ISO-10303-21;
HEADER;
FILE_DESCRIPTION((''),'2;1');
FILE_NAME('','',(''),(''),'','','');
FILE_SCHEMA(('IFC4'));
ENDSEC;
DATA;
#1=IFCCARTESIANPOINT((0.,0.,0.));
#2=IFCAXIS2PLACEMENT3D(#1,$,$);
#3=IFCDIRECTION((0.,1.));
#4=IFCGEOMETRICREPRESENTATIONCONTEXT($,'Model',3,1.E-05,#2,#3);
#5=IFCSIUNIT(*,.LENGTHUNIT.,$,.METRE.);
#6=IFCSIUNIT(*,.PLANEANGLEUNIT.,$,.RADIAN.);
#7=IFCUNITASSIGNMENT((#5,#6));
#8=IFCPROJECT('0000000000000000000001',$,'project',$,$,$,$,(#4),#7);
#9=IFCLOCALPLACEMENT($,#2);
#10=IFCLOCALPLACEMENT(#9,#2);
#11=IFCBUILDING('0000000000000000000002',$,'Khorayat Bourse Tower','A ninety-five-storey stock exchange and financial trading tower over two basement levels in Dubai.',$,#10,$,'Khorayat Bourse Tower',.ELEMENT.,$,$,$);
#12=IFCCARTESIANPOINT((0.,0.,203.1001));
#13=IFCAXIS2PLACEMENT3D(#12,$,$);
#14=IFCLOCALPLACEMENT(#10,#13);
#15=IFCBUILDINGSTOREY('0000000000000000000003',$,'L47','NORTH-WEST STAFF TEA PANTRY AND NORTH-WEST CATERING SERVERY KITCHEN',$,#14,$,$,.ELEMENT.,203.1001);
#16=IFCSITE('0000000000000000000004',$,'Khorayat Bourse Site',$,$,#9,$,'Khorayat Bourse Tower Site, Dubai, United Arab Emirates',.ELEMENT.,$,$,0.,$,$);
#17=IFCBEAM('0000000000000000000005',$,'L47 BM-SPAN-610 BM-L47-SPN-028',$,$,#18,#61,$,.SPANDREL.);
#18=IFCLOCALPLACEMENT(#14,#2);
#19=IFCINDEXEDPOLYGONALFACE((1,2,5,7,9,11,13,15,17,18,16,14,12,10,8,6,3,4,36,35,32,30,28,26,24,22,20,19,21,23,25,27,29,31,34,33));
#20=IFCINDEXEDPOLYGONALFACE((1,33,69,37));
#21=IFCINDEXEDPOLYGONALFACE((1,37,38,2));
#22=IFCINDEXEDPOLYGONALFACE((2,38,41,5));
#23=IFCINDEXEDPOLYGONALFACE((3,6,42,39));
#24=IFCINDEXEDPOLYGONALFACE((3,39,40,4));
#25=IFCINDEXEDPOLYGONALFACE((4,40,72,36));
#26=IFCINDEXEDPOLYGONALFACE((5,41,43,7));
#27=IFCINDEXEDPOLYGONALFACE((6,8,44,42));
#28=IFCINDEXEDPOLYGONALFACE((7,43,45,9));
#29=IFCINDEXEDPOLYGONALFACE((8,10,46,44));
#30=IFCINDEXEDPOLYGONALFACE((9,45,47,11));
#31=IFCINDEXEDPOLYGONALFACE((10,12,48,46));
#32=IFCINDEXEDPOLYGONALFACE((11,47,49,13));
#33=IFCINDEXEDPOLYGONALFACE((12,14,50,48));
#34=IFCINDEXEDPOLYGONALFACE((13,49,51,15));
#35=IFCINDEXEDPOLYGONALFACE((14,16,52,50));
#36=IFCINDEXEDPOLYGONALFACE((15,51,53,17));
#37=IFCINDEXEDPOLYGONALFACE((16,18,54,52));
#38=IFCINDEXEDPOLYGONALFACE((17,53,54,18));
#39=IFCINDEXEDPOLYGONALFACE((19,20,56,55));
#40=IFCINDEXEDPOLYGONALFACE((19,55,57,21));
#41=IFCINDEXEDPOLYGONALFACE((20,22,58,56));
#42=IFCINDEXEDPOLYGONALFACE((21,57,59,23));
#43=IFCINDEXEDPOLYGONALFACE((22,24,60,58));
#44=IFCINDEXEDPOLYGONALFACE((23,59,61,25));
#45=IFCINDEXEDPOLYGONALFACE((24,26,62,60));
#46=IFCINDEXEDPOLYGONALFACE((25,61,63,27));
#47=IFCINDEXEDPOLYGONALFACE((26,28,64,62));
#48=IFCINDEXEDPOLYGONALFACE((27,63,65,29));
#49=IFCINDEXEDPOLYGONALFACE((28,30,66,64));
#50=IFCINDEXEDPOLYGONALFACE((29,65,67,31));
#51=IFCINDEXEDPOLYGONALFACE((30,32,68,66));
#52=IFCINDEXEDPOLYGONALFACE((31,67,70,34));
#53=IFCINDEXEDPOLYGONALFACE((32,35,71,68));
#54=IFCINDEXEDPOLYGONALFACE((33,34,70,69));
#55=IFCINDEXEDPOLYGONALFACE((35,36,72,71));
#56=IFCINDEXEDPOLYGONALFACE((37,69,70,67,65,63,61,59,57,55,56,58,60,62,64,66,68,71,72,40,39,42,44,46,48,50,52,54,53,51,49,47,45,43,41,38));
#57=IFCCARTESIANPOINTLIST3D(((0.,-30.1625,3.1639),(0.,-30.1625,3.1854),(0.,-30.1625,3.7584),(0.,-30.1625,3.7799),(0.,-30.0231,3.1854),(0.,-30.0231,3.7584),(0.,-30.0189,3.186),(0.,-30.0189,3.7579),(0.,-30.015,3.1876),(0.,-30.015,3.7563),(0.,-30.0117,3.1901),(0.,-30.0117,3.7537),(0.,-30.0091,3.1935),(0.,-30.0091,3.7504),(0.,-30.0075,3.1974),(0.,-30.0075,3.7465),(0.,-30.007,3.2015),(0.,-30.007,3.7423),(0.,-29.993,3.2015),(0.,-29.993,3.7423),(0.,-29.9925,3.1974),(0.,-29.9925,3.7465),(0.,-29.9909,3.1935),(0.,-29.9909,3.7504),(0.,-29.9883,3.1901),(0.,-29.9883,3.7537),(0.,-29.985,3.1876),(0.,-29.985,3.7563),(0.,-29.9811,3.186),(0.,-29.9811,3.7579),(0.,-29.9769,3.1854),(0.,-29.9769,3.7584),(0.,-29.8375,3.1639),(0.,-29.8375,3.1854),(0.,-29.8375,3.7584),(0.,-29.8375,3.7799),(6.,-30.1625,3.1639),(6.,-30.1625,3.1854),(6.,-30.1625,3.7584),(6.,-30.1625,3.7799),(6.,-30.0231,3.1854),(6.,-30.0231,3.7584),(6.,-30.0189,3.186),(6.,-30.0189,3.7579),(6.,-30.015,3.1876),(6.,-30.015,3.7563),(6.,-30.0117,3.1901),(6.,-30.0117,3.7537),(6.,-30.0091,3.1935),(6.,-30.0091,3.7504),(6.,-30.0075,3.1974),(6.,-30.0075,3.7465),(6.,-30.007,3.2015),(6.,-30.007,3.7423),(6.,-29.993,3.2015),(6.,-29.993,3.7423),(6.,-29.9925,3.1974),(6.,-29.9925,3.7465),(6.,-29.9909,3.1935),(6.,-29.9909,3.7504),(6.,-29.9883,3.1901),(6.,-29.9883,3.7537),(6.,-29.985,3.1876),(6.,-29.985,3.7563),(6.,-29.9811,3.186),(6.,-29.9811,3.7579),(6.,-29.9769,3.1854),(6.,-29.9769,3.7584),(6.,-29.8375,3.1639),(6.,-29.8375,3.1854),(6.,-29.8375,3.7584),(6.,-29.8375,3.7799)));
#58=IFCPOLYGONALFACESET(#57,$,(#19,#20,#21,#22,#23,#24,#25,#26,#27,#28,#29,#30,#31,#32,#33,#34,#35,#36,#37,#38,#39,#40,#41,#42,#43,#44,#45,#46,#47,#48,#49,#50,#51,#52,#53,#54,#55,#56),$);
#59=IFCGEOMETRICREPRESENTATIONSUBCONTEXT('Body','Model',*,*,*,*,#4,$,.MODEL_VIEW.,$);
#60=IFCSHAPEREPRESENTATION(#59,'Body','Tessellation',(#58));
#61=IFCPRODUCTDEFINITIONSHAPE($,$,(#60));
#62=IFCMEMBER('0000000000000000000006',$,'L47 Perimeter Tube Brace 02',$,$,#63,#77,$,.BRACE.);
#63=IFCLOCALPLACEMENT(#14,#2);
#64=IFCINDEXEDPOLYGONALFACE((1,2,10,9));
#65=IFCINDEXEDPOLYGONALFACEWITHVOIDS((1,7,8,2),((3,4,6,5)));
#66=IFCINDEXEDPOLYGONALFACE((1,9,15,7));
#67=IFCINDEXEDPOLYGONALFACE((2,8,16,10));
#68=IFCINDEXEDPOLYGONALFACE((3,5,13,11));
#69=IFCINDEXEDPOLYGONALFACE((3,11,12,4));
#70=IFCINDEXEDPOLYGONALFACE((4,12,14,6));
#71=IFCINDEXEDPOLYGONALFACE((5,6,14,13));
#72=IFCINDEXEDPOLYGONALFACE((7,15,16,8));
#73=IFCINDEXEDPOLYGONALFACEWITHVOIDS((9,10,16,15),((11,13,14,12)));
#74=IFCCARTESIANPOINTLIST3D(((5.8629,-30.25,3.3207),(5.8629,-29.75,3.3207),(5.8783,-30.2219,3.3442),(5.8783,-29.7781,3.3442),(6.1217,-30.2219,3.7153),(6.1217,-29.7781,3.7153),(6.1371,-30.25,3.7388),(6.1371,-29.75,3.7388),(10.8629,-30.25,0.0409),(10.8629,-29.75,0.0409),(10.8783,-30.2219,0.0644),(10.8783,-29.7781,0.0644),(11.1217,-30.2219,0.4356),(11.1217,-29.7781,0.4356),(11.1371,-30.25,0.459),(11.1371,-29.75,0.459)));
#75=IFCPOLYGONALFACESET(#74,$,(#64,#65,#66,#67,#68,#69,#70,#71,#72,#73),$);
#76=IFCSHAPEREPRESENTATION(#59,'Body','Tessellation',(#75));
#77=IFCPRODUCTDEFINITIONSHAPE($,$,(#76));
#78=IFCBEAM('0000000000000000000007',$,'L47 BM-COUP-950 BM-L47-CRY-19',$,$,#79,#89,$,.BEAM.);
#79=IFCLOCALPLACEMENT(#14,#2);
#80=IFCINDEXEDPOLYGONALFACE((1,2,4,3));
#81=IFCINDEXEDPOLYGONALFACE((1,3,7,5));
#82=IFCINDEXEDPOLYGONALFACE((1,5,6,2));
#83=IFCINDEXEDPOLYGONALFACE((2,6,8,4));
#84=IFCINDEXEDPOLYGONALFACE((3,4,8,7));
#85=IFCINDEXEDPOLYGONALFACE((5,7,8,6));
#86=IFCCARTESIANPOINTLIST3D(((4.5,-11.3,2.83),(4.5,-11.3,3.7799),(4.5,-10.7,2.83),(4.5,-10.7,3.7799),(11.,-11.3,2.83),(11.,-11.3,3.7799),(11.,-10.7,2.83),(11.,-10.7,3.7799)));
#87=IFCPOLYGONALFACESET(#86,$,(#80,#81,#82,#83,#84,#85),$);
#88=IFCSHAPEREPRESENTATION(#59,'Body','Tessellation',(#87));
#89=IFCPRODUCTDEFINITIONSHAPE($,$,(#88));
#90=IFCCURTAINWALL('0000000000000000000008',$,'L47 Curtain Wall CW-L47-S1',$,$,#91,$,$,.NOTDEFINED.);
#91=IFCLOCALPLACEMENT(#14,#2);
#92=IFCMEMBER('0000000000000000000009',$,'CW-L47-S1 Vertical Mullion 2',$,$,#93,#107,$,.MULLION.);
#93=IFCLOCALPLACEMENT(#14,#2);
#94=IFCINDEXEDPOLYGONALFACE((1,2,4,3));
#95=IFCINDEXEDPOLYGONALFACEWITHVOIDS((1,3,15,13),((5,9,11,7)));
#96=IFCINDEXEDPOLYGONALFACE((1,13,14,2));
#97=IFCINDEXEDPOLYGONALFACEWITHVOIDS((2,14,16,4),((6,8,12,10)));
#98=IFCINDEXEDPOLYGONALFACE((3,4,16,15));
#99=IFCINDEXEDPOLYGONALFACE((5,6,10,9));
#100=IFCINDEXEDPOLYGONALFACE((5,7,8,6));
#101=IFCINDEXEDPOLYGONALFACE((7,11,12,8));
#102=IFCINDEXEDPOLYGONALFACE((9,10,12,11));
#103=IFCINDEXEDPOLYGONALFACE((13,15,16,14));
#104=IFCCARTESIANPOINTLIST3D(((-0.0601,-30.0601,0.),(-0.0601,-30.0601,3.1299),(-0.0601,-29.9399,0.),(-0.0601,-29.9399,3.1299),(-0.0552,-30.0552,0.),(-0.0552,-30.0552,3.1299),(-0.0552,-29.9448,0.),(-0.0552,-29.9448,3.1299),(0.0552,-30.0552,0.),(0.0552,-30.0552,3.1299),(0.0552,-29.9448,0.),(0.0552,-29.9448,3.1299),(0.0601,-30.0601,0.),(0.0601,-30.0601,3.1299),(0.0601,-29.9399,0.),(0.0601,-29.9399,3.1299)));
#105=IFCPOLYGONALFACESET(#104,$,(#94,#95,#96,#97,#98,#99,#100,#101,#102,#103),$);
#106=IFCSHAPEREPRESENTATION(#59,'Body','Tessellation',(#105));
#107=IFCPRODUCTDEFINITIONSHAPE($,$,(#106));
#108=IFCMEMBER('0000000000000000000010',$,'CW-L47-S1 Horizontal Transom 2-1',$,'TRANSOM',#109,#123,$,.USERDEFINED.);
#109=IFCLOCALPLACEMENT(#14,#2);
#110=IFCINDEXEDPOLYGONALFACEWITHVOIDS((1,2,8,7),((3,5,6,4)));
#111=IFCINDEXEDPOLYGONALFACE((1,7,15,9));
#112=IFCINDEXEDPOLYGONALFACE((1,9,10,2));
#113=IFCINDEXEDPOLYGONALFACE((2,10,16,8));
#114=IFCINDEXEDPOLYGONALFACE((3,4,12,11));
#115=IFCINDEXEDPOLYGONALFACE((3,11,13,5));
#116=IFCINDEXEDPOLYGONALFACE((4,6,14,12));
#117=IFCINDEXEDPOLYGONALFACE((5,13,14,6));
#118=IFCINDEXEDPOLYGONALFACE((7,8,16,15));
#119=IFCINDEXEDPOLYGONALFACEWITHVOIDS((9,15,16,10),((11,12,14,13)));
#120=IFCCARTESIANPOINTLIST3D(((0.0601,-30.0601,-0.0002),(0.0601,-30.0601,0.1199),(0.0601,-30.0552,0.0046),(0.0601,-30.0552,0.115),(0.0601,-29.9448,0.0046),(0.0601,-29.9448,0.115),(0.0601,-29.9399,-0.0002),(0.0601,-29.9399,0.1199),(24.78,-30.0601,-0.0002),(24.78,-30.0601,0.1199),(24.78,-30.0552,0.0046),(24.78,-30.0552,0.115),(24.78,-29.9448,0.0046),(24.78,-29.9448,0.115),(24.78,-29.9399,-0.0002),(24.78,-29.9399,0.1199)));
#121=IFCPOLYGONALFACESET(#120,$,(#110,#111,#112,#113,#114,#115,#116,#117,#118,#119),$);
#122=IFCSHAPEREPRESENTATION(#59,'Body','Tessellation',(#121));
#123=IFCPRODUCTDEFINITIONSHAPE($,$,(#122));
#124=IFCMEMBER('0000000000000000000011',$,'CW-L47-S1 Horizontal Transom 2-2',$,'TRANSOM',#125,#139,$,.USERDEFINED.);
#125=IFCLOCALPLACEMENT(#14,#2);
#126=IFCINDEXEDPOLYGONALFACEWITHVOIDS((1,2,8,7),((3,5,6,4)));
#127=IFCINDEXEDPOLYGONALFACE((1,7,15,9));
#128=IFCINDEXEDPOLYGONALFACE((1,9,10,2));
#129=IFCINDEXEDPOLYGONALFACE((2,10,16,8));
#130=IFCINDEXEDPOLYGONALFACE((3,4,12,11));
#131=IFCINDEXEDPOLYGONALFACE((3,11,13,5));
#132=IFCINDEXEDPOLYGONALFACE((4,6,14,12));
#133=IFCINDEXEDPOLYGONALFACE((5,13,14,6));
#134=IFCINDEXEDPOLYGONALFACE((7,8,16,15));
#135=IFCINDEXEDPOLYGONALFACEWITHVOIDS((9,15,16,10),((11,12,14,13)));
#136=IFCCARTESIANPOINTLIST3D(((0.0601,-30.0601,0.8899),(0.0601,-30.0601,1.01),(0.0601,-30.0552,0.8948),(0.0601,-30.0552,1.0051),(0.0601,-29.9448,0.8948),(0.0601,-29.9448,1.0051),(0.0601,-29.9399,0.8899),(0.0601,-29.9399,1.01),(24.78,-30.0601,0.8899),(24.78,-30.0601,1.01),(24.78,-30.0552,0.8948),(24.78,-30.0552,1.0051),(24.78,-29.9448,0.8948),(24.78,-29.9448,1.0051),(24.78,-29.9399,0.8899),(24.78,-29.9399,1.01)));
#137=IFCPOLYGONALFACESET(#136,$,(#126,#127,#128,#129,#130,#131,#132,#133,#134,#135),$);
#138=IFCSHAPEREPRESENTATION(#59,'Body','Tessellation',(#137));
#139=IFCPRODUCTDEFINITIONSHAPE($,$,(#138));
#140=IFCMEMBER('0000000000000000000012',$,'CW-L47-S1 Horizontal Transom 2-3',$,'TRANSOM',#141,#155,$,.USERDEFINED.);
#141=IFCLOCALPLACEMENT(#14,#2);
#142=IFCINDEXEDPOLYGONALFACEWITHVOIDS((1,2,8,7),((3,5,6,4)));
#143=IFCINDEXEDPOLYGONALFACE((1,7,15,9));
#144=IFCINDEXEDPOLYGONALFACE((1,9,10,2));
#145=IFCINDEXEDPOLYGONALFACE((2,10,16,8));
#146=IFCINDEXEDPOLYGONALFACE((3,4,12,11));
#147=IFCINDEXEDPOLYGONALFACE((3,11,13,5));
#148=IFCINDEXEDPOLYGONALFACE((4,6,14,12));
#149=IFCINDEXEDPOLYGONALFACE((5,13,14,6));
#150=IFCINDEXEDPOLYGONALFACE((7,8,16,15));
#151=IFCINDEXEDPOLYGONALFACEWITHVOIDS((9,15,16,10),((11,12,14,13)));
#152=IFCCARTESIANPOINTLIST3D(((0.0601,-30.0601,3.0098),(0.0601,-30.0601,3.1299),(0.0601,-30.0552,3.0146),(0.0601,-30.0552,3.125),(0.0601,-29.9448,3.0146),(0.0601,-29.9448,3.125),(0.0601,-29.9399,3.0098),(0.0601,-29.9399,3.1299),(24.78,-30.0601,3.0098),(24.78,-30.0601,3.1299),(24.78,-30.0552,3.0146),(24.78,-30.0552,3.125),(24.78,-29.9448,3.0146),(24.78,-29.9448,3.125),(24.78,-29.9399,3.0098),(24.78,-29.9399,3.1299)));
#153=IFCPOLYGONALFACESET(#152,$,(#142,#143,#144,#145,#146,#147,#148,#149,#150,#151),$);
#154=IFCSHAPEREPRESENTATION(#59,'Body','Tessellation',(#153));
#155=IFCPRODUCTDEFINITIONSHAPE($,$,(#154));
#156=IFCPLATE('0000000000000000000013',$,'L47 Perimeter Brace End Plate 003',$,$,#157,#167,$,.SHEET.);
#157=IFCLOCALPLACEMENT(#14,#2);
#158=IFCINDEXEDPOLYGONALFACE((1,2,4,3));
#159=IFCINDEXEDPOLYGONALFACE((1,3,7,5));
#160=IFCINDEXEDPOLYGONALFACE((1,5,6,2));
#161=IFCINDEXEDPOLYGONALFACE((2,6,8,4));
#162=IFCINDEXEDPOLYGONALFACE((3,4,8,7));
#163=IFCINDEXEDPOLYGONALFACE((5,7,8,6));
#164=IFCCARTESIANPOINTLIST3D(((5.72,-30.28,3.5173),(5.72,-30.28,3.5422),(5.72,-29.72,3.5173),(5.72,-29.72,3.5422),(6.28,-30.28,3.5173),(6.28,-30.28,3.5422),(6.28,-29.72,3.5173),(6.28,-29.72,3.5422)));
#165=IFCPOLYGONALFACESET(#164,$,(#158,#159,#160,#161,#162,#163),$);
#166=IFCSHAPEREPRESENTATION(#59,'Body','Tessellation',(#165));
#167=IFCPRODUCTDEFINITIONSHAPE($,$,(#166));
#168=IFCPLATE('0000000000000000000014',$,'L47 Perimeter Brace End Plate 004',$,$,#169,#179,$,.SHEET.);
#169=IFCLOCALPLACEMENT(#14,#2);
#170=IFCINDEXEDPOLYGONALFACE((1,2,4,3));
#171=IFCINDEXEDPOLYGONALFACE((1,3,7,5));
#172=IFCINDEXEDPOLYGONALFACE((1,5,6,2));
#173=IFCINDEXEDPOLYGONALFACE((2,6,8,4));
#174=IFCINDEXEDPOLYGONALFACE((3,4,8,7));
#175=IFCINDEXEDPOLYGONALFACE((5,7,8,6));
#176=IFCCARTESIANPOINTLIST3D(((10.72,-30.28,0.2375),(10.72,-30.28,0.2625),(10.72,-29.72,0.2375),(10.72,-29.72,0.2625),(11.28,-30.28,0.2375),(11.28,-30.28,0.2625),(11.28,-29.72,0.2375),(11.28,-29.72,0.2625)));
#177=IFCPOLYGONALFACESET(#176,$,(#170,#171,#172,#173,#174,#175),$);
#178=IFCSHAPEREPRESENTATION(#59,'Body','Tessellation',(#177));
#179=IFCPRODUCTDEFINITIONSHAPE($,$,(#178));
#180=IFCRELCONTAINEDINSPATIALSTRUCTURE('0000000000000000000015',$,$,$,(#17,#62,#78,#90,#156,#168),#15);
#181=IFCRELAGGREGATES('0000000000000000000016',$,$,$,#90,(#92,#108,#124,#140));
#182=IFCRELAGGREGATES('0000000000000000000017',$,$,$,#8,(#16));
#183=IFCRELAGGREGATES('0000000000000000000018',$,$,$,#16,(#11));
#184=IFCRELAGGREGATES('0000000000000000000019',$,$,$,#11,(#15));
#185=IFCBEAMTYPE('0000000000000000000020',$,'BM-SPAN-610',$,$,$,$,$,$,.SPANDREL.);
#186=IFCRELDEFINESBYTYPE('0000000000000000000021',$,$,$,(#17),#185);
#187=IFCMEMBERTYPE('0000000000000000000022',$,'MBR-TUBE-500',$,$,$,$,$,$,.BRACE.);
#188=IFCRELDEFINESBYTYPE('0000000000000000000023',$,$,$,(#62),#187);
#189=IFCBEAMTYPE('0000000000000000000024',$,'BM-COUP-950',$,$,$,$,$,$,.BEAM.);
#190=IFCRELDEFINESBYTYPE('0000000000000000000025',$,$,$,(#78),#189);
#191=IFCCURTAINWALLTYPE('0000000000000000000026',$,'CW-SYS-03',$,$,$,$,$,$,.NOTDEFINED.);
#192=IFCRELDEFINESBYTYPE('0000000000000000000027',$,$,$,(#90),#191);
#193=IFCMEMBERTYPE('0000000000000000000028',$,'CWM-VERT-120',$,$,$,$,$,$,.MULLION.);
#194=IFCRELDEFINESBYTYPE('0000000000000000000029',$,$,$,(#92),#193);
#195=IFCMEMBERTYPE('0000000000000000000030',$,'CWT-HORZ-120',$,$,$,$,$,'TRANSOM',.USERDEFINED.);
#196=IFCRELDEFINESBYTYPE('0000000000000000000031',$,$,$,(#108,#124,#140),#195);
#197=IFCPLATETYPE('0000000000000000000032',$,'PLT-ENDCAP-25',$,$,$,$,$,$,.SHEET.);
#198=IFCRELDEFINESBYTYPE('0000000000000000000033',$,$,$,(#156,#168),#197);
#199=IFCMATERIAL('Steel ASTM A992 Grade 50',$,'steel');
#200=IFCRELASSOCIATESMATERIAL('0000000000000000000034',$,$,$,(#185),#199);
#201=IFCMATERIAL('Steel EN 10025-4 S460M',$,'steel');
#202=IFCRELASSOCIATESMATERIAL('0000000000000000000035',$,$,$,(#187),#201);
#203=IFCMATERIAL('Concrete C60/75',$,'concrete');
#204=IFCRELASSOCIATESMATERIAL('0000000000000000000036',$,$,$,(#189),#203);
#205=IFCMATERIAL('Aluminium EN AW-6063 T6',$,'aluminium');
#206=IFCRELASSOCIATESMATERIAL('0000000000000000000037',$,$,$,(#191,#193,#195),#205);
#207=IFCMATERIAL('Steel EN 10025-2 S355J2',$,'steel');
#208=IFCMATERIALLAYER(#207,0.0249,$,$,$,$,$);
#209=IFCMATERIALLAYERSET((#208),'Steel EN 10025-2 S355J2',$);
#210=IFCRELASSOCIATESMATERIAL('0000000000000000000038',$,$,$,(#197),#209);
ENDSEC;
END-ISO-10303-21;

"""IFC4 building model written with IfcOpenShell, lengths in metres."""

from ifc_helpers import new_model, si_unit, direction, frame, origin, origin_2d, place, context, subcontext, project, spatial, rectangle, hollow_rectangle, i_section, extrude, source, transform, mapped, material, layer, layer_set, material_profile, profile_set, type_object, element, aggregate, save


model = new_model("IFC4")

# Units and contexts
model_context = context("Model", 3, precision=1e-05, world=origin(), true_north=direction((0.0, 1.0)))
body_context = subcontext(model_context, "Body", "Model", "MODEL_VIEW")
ifc_project = project(units=[si_unit("LENGTHUNIT", "METRE"), si_unit("PLANEANGLEUNIT", "RADIAN")], contexts=[model_context])

# Site, building, storey
site_placement = place(None, origin())
site = spatial("IfcSite", under=ifc_project, at=site_placement, Name="Khorayat Bourse Site", LongName="Khorayat Bourse Tower Site, Dubai, United Arab Emirates", CompositionType="ELEMENT", RefElevation=0.0)
building_placement = place(site_placement, origin())
building = spatial("IfcBuilding", under=site, at=building_placement, Name="Khorayat Bourse Tower", Description="A ninety-five-storey stock exchange and financial trading tower over two basement levels in Dubai.", LongName="Khorayat Bourse Tower", CompositionType="ELEMENT")
storey_placement = place(building_placement, frame((0.0, 0.0, 203.1001)))
storey = spatial("IfcBuildingStorey", under=building, at=storey_placement, Name="L47", Description="NORTH-WEST STAFF TEA PANTRY AND NORTH-WEST CATERING SERVERY KITCHEN", CompositionType="ELEMENT", Elevation=203.1001)

# Shared definitions
ifc_material_1 = material(Name="Steel EN 10025-4 S460M", Category="steel")
ifc_material_2 = material(Name="Concrete C60/75", Category="concrete")

# Beam
ifc_material_3 = material(Name="Steel ASTM A992 Grade 50", Category="steel")
ifc_material_profile_1 = material_profile(ifc_material_3, i_section(OverallWidth=0.325, OverallDepth=0.616, WebThickness=0.0139, FlangeThickness=0.0215, FilletRadius=0.0161, at=origin_2d()), Name="W610X174")
ifc_profile_set_1 = profile_set([ifc_material_profile_1], Name="Steel ASTM A992 Grade 50")
beam_type_1 = type_object("IfcBeamType", Name="BM-SPAN-610", PredefinedType="SPANDREL", material=ifc_profile_set_1)
shared_shape_1 = source(origin(), body_context, "Body", "SweptSolid", [
    extrude(i_section(OverallWidth=0.325, OverallDepth=0.616, WebThickness=0.0139, FlangeThickness=0.0215, FilletRadius=0.0161, at=origin_2d()), origin(), (0.0, 0.0, 1.0), 6.0),
])
beam_1_placement = place(storey_placement, frame((0.0, -30.0, 3.4719), z_axis=(1.0, 0.0, 0.0), x_axis=(0.0, 1.0, 0.0)))
element("IfcBeam", 1, at=beam_1_placement, inside=storey, type_object=beam_type_1, Name="L47 BM-SPAN-610 BM-L47-SPN-028", PredefinedType="SPANDREL", context=body_context, shape_type="MappedRepresentation", body=[
    mapped(shared_shape_1, transform((0.0, 0.0, 0.0), scale=1.0)),
])

# Member
ifc_material_profile_2 = material_profile(ifc_material_1, hollow_rectangle(XDim=0.5, YDim=0.5, WallThickness=0.0281, at=origin_2d()), Name="HSS 500x500x28")
ifc_profile_set_2 = profile_set([ifc_material_profile_2], Name="Steel EN 10025-4 S460M")
member_type_1 = type_object("IfcMemberType", Name="MBR-TUBE-500", PredefinedType="BRACE", material=ifc_profile_set_2)
shared_shape_2 = source(origin(), body_context, "Body", "SweptSolid", [
    extrude(hollow_rectangle(XDim=0.5, YDim=0.5, WallThickness=0.0281, at=origin_2d()), origin(), (0.0, 0.0, 1.0), 5.9797),
])
member_1_placement = place(storey_placement, frame((6.0, -30.0, 3.5298), z_axis=(0.83616, 0.0, -0.548485), x_axis=(0.0, 1.0, 0.0)))
element("IfcMember", 2, at=member_1_placement, inside=storey, type_object=member_type_1, Name="L47 Perimeter Tube Brace 02", PredefinedType="BRACE", context=body_context, shape_type="MappedRepresentation", body=[
    mapped(shared_shape_2, transform((0.0, 0.0, 0.0), scale=1.0)),
])

# Beam
ifc_material_profile_3 = material_profile(ifc_material_2, rectangle(XDim=0.6001, YDim=0.95, at=origin_2d()), Name="RC 600x950")
ifc_profile_set_3 = profile_set([ifc_material_profile_3], Name="Concrete C60/75")
beam_type_2 = type_object("IfcBeamType", Name="BM-COUP-950", PredefinedType="BEAM", material=ifc_profile_set_3)
shared_shape_3 = source(origin(), body_context, "Body", "SweptSolid", [
    extrude(rectangle(XDim=0.6001, YDim=0.95, at=origin_2d()), origin(), (0.0, 0.0, 1.0), 6.5),
])
beam_2_placement = place(storey_placement, frame((4.5, -11.0, 3.3049), z_axis=(1.0, 0.0, 0.0), x_axis=(0.0, 1.0, 0.0)))
element("IfcBeam", 3, at=beam_2_placement, inside=storey, type_object=beam_type_2, Name="L47 BM-COUP-950 BM-L47-CRY-19", PredefinedType="BEAM", context=body_context, shape_type="MappedRepresentation", body=[
    mapped(shared_shape_3, transform((0.0, 0.0, 0.0), scale=1.0)),
])

# Curtain wall, members
ifc_material_4 = material(Name="Aluminium EN AW-6063 T6", Category="aluminium")
curtain_wall_type = type_object("IfcCurtainWallType", Name="CW-SYS-03", PredefinedType="NOTDEFINED", material=ifc_material_4)
curtain_wall_placement = place(storey_placement, origin())
curtain_wall = element("IfcCurtainWall", 4, at=curtain_wall_placement, inside=storey, type_object=curtain_wall_type, Name="L47 Curtain Wall CW-L47-S1", PredefinedType="NOTDEFINED")
ifc_material_profile_4 = material_profile(ifc_material_4, hollow_rectangle(XDim=0.1201, YDim=0.1201, WallThickness=0.0049, at=origin_2d()), Name="ALU 120x120x5")
ifc_profile_set_4 = profile_set([ifc_material_profile_4], Name="Aluminium EN AW-6063 T6")
member_type_2 = type_object("IfcMemberType", Name="CWM-VERT-120", PredefinedType="MULLION", material=ifc_profile_set_4)
shared_shape_4 = source(origin(), body_context, "Body", "SweptSolid", [
    extrude(hollow_rectangle(XDim=0.1201, YDim=0.1201, WallThickness=0.0049, at=origin_2d()), origin(), (0.0, 0.0, 1.0), 3.1299),
])
member_2_placement = place(storey_placement, frame((0.0, -30.0, 0.0), z_axis=(0.0, 0.0, 1.0), x_axis=(0.0, 1.0, 0.0)))
member_2 = element("IfcMember", 5, at=member_2_placement, type_object=member_type_2, Name="CW-L47-S1 Vertical Mullion 2", PredefinedType="MULLION", context=body_context, shape_type="MappedRepresentation", body=[
    mapped(shared_shape_4, transform((0.0, 0.0, 0.0), scale=1.0)),
])
ifc_material_profile_5 = material_profile(ifc_material_4, hollow_rectangle(XDim=0.1201, YDim=0.1201, WallThickness=0.0049, at=origin_2d()), Name="ALU 120x120x5")
ifc_profile_set_5 = profile_set([ifc_material_profile_5], Name="Aluminium EN AW-6063 T6")
member_type_3 = type_object("IfcMemberType", Name="CWT-HORZ-120", ElementType="TRANSOM", PredefinedType="USERDEFINED", material=ifc_profile_set_5)
shared_shape_5 = source(origin(), body_context, "Body", "SweptSolid", [
    extrude(hollow_rectangle(XDim=0.1201, YDim=0.1201, WallThickness=0.0049, at=origin_2d()), origin(), (0.0, 0.0, 1.0), 24.72),
])
member_3_placement = place(storey_placement, frame((0.0601, -30.0, 0.0598), z_axis=(1.0, 0.0, 0.0), x_axis=(0.0, 1.0, 0.0)))
member_3 = element("IfcMember", 6, at=member_3_placement, type_object=member_type_3, Name="CW-L47-S1 Horizontal Transom 2-1", ObjectType="TRANSOM", PredefinedType="USERDEFINED", context=body_context, shape_type="MappedRepresentation", body=[
    mapped(shared_shape_5, transform((0.0, 0.0, 0.0), scale=1.0)),
])
member_4_placement = place(storey_placement, frame((0.0601, -30.0, 0.95), z_axis=(1.0, 0.0, 0.0), x_axis=(0.0, 1.0, 0.0)))
member_4 = element("IfcMember", 7, at=member_4_placement, type_object=member_type_3, Name="CW-L47-S1 Horizontal Transom 2-2", ObjectType="TRANSOM", PredefinedType="USERDEFINED", context=body_context, shape_type="MappedRepresentation", body=[
    mapped(shared_shape_5, transform((0.0, 0.0, 0.0), scale=1.0)),
])
member_5_placement = place(storey_placement, frame((0.0601, -30.0, 3.0698), z_axis=(1.0, 0.0, 0.0), x_axis=(0.0, 1.0, 0.0)))
member_5 = element("IfcMember", 8, at=member_5_placement, type_object=member_type_3, Name="CW-L47-S1 Horizontal Transom 2-3", ObjectType="TRANSOM", PredefinedType="USERDEFINED", context=body_context, shape_type="MappedRepresentation", body=[
    mapped(shared_shape_5, transform((0.0, 0.0, 0.0), scale=1.0)),
])
aggregate(curtain_wall, [member_2, member_3, member_4, member_5])

# Plates
ifc_material_5 = material(Name="Steel EN 10025-2 S355J2", Category="steel")
ifc_layer_1 = layer(ifc_material_5, 0.0249)
ifc_layer_set_1 = layer_set([ifc_layer_1], Name="Steel EN 10025-2 S355J2")
plate_type = type_object("IfcPlateType", Name="PLT-ENDCAP-25", PredefinedType="SHEET", material=ifc_layer_set_1)
shared_shape_6 = source(origin(), body_context, "Body", "SweptSolid", [
    extrude(rectangle(XDim=0.5601, YDim=0.5601, at=origin_2d()), origin(), (0.0, 0.0, 1.0), 0.0249),
])
for number, where, z_axis, x_axis, name in (
    (9, (6.0, -30.0, 3.5173), (0.0, 0.0, 1.0), (1.0, 0.0, 0.0), "L47 Perimeter Brace End Plate 003"),
    (10, (11.0, -30.0, 0.2375), (0.0, 0.0, 1.0), (1.0, 0.0, 0.0), "L47 Perimeter Brace End Plate 004"),
):
    element("IfcPlate", number, at=place(storey_placement, frame(where, z_axis=z_axis, x_axis=x_axis)), inside=storey, type_object=plate_type, Name=name, PredefinedType="SHEET", context=body_context, shape_type="MappedRepresentation", body=[
        mapped(shared_shape_6, transform((0.0, 0.0, 0.0), scale=1.0)),
    ])

save(model, "model.ifc")
